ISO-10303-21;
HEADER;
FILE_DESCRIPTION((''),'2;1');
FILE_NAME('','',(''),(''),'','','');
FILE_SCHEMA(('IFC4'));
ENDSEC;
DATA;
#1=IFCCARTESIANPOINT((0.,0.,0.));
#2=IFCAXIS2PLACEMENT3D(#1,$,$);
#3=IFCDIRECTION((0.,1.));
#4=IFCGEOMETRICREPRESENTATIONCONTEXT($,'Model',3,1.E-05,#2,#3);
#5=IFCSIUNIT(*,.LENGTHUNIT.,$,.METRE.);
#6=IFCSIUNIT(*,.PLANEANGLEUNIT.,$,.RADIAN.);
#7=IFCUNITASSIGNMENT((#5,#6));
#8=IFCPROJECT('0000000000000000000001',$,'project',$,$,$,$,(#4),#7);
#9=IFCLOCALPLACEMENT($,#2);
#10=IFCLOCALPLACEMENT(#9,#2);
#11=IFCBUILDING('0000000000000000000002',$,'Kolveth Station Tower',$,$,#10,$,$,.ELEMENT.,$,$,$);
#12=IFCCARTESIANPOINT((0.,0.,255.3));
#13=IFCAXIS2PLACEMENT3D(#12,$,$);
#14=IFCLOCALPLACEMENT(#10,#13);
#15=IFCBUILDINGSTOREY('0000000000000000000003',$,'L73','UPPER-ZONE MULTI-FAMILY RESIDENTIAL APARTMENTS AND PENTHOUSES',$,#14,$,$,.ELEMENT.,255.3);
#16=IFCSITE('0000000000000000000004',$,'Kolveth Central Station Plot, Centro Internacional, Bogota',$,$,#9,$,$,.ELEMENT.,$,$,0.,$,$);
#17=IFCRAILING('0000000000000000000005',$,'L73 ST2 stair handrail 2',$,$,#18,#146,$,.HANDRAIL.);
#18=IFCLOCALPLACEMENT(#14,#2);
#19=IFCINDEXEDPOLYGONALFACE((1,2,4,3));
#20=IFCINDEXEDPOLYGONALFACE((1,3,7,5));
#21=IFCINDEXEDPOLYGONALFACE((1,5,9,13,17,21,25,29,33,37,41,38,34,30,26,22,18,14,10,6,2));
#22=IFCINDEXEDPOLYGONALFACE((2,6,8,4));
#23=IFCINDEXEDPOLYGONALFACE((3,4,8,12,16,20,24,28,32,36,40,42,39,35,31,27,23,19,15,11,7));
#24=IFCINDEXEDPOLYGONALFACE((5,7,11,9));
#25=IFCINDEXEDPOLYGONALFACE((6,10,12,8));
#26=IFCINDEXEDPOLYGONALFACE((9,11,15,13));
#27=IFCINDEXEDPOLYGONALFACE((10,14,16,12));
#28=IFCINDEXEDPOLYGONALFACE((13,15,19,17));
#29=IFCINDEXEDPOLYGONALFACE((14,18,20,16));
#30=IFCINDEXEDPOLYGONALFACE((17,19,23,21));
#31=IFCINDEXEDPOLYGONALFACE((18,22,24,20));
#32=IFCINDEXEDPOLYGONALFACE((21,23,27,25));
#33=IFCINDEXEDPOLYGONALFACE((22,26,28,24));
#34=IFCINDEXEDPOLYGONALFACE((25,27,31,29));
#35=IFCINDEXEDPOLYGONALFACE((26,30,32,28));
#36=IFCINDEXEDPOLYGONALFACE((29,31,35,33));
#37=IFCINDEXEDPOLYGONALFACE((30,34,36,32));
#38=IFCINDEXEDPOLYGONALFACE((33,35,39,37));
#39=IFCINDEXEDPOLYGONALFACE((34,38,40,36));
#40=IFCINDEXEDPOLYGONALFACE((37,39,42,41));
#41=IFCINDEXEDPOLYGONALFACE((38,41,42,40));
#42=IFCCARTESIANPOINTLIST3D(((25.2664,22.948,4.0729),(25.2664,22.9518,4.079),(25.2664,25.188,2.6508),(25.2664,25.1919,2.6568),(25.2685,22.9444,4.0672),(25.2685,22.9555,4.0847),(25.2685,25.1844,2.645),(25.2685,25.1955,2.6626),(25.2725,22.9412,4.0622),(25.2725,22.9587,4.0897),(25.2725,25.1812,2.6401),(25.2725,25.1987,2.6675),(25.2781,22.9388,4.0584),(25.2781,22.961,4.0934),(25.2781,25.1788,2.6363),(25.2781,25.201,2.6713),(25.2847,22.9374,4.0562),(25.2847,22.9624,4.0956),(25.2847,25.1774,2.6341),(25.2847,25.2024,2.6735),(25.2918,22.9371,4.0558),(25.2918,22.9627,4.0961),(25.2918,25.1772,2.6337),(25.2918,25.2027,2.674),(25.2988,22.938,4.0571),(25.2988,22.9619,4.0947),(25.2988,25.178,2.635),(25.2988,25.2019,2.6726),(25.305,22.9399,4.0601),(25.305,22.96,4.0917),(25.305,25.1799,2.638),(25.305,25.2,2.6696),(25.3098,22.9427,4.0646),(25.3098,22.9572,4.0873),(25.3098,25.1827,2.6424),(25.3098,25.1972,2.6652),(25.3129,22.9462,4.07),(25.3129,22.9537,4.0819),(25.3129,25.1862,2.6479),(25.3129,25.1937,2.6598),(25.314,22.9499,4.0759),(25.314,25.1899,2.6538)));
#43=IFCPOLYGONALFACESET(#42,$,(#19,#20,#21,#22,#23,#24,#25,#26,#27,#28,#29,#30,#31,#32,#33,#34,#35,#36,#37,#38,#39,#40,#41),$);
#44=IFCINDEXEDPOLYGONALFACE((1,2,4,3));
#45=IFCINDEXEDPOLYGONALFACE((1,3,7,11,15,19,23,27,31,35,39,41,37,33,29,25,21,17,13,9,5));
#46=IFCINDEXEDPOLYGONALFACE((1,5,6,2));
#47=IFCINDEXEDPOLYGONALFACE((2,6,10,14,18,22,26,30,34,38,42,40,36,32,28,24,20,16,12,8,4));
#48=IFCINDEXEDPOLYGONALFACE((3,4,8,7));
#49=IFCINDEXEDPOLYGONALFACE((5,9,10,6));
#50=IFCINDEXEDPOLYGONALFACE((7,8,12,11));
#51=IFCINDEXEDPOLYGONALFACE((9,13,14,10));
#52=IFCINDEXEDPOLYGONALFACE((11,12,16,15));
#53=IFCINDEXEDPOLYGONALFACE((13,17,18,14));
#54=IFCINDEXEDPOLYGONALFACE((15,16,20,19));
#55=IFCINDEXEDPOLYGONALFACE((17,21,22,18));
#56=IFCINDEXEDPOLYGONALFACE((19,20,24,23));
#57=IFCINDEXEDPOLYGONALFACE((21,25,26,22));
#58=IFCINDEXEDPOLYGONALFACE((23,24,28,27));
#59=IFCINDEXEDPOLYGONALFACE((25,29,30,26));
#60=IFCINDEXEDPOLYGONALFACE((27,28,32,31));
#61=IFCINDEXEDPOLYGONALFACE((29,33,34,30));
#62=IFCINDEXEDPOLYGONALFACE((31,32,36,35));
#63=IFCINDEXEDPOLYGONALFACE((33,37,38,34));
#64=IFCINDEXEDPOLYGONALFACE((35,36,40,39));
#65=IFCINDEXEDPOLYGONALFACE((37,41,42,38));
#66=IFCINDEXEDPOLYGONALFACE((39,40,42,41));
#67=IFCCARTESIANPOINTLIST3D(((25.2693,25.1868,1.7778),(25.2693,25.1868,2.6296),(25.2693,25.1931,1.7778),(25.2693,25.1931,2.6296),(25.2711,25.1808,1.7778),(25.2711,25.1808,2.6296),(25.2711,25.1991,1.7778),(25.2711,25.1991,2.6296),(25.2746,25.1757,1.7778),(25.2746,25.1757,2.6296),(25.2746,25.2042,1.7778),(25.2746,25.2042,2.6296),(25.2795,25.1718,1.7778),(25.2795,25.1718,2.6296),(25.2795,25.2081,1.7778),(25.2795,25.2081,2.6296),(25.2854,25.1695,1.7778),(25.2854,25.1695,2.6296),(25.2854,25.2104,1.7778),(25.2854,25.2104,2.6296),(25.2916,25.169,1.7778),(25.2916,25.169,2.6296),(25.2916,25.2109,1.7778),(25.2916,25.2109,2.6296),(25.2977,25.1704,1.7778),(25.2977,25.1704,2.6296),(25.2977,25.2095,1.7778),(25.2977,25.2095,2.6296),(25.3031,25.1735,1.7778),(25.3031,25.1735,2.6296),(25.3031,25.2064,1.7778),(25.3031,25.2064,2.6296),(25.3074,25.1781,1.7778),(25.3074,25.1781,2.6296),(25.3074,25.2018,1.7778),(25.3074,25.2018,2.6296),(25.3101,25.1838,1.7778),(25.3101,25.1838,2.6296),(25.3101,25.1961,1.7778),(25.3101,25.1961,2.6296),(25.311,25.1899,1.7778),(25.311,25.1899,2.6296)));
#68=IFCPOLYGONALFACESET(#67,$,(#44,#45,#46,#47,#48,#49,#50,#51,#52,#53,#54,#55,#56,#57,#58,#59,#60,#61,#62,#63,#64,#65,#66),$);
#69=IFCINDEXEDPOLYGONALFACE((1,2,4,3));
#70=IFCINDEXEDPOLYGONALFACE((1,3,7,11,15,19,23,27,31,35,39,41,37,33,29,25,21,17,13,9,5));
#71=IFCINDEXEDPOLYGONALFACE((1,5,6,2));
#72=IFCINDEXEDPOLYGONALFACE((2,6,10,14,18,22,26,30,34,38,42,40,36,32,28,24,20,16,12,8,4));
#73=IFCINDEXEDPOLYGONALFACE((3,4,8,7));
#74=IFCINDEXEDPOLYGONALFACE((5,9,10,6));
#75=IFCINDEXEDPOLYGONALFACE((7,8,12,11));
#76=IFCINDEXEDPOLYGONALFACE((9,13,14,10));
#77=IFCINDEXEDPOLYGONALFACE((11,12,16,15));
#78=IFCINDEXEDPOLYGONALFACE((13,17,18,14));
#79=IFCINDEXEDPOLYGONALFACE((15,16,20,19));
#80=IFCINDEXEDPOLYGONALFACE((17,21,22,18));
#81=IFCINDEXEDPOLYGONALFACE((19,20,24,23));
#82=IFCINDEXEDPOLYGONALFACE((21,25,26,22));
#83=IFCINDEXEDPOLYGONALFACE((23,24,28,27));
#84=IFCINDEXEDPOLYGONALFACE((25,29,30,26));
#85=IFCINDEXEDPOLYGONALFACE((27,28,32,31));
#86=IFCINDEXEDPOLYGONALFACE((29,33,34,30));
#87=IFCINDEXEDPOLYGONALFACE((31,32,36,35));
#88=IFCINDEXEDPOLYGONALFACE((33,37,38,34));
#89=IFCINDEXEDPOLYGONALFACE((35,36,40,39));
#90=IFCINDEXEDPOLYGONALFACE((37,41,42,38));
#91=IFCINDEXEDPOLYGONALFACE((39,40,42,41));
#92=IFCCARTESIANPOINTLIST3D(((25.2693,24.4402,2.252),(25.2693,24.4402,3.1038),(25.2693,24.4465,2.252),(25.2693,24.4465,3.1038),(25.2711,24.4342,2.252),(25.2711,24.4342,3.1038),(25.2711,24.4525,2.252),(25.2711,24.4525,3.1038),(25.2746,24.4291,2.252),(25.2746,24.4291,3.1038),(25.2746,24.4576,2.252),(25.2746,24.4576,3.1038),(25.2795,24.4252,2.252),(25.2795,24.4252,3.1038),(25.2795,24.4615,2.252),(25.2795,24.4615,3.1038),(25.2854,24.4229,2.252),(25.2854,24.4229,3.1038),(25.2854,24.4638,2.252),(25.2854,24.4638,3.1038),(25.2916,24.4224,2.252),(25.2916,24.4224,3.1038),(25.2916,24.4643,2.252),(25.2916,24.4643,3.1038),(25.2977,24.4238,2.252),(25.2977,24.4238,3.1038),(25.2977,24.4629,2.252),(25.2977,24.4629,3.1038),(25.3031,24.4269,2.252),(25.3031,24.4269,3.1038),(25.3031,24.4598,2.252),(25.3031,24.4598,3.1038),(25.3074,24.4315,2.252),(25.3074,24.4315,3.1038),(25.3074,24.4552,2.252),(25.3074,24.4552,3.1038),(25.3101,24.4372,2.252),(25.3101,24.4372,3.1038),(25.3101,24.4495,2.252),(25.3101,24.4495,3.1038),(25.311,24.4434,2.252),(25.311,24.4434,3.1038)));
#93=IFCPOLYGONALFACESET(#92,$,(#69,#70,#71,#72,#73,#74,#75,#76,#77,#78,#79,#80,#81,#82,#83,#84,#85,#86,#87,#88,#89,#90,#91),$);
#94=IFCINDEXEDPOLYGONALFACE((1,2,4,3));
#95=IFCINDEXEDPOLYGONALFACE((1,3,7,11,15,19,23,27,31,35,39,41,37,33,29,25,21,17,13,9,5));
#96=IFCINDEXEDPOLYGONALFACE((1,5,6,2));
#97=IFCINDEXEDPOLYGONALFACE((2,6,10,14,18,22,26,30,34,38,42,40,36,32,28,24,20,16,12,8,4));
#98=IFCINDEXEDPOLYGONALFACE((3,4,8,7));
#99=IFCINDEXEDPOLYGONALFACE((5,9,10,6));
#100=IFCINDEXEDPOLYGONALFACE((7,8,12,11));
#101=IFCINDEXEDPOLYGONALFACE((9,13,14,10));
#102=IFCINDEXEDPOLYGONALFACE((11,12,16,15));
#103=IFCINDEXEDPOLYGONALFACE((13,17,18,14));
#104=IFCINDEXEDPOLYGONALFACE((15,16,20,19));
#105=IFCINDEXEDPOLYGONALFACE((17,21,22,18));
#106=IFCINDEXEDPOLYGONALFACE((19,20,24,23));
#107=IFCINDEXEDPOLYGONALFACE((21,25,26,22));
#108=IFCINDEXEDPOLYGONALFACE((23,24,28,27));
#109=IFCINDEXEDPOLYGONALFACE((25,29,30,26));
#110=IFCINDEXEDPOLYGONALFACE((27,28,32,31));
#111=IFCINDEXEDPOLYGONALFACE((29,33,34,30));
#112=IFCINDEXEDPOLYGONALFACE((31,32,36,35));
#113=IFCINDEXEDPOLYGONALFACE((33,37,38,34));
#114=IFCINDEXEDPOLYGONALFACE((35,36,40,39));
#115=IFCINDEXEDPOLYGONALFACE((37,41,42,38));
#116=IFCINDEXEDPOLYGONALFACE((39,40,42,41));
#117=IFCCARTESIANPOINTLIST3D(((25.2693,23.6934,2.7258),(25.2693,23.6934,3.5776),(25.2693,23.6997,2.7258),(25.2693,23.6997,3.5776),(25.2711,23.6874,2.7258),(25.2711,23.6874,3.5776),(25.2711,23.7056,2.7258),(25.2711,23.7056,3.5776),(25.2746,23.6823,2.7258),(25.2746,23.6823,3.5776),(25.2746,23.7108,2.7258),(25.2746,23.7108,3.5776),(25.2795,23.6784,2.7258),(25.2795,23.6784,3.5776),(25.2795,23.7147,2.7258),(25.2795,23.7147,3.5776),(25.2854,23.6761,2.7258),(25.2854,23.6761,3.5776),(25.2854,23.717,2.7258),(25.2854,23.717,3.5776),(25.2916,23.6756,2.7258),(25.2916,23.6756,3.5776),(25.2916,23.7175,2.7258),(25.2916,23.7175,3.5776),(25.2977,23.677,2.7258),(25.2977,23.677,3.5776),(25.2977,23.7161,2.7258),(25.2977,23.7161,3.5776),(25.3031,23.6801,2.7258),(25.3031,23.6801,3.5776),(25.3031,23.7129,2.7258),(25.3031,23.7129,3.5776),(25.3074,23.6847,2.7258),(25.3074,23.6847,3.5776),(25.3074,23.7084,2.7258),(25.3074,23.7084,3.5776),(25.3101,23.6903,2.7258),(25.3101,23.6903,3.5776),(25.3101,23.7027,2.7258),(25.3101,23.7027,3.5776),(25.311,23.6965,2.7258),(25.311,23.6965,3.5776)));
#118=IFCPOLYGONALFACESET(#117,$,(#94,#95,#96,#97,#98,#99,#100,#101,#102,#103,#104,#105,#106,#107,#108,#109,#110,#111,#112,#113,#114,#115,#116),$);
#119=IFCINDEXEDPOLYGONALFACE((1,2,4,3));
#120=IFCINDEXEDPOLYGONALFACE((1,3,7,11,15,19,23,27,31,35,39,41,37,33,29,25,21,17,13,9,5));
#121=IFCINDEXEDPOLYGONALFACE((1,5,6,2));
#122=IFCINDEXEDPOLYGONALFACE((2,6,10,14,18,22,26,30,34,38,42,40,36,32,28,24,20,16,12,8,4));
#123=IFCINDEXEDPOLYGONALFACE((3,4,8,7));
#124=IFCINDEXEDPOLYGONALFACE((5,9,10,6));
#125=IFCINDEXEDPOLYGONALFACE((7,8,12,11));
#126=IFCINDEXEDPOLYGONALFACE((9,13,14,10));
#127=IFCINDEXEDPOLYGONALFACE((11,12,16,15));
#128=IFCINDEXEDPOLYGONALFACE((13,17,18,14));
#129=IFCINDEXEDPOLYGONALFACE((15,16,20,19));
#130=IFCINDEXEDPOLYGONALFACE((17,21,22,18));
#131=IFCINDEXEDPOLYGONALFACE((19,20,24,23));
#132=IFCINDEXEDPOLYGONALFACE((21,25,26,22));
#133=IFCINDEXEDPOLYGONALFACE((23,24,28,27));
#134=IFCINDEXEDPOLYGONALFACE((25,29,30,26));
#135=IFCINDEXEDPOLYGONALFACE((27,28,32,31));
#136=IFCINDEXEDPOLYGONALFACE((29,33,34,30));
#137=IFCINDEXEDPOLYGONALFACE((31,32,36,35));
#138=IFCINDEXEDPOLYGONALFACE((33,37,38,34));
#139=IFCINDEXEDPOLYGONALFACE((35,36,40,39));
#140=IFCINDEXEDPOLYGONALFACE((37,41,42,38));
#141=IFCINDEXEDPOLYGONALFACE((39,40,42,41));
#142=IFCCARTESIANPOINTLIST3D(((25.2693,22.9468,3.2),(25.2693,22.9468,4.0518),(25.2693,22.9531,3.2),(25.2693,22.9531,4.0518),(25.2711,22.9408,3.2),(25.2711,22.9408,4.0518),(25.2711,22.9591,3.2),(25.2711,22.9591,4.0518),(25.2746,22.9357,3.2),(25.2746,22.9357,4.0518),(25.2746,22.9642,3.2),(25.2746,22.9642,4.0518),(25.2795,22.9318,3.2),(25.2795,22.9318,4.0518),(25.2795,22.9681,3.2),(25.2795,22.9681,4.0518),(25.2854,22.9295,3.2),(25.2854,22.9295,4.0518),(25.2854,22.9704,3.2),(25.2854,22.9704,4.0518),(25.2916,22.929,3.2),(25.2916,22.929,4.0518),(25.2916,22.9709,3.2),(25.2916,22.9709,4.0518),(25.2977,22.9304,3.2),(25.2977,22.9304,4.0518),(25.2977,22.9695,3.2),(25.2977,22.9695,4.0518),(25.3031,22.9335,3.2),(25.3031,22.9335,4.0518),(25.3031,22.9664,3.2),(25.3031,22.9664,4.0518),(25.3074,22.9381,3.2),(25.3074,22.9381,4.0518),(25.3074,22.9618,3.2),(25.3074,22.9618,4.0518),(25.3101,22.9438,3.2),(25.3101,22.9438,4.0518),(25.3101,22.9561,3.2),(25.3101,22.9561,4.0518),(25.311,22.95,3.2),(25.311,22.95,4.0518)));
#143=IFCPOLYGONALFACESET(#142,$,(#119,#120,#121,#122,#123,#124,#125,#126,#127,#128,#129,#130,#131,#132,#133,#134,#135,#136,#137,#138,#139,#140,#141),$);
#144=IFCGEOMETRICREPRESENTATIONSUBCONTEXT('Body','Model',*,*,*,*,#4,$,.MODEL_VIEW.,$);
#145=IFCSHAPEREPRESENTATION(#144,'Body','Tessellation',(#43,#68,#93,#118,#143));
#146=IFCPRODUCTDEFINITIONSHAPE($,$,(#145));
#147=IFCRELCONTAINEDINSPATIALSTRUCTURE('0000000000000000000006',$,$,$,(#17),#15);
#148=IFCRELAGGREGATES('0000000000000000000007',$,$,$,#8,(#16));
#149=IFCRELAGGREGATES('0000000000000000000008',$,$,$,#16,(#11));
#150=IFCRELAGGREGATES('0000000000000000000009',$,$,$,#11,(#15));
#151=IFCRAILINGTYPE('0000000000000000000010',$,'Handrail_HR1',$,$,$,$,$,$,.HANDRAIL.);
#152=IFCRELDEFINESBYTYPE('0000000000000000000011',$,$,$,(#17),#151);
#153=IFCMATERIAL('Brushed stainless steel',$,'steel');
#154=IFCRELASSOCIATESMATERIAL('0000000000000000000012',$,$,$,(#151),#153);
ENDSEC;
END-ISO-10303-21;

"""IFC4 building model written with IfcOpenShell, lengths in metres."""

from ifc_helpers import new_model, si_unit, direction, frame, origin, origin_2d, place, context, subcontext, project, spatial, circle, extrude, material, type_object, element, save


model = new_model("IFC4")

# Units and contexts
model_context = context("Model", 3, precision=1e-05, world=origin(), true_north=direction((0.0, 1.0)))
body_context = subcontext(model_context, "Body", "Model", "MODEL_VIEW")
ifc_project = project(units=[si_unit("LENGTHUNIT", "METRE"), si_unit("PLANEANGLEUNIT", "RADIAN")], contexts=[model_context])

# Site, building, storey
site_placement = place(None, origin())
site = spatial("IfcSite", under=ifc_project, at=site_placement, Name="Kolveth Central Station Plot, Centro Internacional, Bogota", CompositionType="ELEMENT", RefElevation=0.0)
building_placement = place(site_placement, origin())
building = spatial("IfcBuilding", under=site, at=building_placement, Name="Kolveth Station Tower", CompositionType="ELEMENT")
storey_placement = place(building_placement, frame((0.0, 0.0, 255.3)))
storey = spatial("IfcBuildingStorey", under=building, at=storey_placement, Name="L73", Description="UPPER-ZONE MULTI-FAMILY RESIDENTIAL APARTMENTS AND PENTHOUSES", CompositionType="ELEMENT", Elevation=255.3)

# Railing
ifc_material_1 = material(Name="Brushed stainless steel", Category="steel")
railing_type_1 = type_object("IfcRailingType", Name="Handrail_HR1", PredefinedType="HANDRAIL", material=ifc_material_1)
railing_1_placement = place(storey_placement, frame((25.29, 25.1899, 1.7778)))
element("IfcRailing", 1, at=railing_1_placement, inside=storey, type_object=railing_type_1, Name="L73 ST2 stair handrail 2", PredefinedType="HANDRAIL", context=body_context, shape_type="SweptSolid", body=[
    extrude(circle(Radius=0.0239, at=origin_2d()), frame((0.0, 0.0, 0.876), z_axis=(0.0, -0.844229, 0.535982), x_axis=(1.0, 0.0, 0.0)), (0.0, 0.0, 1.0), 2.6533),
    extrude(circle(Radius=0.021, at=origin_2d()), origin(), (0.0, 0.0, 1.0), 0.8518),
    extrude(circle(Radius=0.021, at=origin_2d()), frame((0.0, -0.7466, 0.4741)), (0.0, 0.0, 1.0), 0.8518),
    extrude(circle(Radius=0.021, at=origin_2d()), frame((0.0, -1.4934, 0.948)), (0.0, 0.0, 1.0), 0.8518),
    extrude(circle(Radius=0.021, at=origin_2d()), frame((0.0, -2.24, 1.4221)), (0.0, 0.0, 1.0), 0.8518),
])

save(model, "model.ifc")
